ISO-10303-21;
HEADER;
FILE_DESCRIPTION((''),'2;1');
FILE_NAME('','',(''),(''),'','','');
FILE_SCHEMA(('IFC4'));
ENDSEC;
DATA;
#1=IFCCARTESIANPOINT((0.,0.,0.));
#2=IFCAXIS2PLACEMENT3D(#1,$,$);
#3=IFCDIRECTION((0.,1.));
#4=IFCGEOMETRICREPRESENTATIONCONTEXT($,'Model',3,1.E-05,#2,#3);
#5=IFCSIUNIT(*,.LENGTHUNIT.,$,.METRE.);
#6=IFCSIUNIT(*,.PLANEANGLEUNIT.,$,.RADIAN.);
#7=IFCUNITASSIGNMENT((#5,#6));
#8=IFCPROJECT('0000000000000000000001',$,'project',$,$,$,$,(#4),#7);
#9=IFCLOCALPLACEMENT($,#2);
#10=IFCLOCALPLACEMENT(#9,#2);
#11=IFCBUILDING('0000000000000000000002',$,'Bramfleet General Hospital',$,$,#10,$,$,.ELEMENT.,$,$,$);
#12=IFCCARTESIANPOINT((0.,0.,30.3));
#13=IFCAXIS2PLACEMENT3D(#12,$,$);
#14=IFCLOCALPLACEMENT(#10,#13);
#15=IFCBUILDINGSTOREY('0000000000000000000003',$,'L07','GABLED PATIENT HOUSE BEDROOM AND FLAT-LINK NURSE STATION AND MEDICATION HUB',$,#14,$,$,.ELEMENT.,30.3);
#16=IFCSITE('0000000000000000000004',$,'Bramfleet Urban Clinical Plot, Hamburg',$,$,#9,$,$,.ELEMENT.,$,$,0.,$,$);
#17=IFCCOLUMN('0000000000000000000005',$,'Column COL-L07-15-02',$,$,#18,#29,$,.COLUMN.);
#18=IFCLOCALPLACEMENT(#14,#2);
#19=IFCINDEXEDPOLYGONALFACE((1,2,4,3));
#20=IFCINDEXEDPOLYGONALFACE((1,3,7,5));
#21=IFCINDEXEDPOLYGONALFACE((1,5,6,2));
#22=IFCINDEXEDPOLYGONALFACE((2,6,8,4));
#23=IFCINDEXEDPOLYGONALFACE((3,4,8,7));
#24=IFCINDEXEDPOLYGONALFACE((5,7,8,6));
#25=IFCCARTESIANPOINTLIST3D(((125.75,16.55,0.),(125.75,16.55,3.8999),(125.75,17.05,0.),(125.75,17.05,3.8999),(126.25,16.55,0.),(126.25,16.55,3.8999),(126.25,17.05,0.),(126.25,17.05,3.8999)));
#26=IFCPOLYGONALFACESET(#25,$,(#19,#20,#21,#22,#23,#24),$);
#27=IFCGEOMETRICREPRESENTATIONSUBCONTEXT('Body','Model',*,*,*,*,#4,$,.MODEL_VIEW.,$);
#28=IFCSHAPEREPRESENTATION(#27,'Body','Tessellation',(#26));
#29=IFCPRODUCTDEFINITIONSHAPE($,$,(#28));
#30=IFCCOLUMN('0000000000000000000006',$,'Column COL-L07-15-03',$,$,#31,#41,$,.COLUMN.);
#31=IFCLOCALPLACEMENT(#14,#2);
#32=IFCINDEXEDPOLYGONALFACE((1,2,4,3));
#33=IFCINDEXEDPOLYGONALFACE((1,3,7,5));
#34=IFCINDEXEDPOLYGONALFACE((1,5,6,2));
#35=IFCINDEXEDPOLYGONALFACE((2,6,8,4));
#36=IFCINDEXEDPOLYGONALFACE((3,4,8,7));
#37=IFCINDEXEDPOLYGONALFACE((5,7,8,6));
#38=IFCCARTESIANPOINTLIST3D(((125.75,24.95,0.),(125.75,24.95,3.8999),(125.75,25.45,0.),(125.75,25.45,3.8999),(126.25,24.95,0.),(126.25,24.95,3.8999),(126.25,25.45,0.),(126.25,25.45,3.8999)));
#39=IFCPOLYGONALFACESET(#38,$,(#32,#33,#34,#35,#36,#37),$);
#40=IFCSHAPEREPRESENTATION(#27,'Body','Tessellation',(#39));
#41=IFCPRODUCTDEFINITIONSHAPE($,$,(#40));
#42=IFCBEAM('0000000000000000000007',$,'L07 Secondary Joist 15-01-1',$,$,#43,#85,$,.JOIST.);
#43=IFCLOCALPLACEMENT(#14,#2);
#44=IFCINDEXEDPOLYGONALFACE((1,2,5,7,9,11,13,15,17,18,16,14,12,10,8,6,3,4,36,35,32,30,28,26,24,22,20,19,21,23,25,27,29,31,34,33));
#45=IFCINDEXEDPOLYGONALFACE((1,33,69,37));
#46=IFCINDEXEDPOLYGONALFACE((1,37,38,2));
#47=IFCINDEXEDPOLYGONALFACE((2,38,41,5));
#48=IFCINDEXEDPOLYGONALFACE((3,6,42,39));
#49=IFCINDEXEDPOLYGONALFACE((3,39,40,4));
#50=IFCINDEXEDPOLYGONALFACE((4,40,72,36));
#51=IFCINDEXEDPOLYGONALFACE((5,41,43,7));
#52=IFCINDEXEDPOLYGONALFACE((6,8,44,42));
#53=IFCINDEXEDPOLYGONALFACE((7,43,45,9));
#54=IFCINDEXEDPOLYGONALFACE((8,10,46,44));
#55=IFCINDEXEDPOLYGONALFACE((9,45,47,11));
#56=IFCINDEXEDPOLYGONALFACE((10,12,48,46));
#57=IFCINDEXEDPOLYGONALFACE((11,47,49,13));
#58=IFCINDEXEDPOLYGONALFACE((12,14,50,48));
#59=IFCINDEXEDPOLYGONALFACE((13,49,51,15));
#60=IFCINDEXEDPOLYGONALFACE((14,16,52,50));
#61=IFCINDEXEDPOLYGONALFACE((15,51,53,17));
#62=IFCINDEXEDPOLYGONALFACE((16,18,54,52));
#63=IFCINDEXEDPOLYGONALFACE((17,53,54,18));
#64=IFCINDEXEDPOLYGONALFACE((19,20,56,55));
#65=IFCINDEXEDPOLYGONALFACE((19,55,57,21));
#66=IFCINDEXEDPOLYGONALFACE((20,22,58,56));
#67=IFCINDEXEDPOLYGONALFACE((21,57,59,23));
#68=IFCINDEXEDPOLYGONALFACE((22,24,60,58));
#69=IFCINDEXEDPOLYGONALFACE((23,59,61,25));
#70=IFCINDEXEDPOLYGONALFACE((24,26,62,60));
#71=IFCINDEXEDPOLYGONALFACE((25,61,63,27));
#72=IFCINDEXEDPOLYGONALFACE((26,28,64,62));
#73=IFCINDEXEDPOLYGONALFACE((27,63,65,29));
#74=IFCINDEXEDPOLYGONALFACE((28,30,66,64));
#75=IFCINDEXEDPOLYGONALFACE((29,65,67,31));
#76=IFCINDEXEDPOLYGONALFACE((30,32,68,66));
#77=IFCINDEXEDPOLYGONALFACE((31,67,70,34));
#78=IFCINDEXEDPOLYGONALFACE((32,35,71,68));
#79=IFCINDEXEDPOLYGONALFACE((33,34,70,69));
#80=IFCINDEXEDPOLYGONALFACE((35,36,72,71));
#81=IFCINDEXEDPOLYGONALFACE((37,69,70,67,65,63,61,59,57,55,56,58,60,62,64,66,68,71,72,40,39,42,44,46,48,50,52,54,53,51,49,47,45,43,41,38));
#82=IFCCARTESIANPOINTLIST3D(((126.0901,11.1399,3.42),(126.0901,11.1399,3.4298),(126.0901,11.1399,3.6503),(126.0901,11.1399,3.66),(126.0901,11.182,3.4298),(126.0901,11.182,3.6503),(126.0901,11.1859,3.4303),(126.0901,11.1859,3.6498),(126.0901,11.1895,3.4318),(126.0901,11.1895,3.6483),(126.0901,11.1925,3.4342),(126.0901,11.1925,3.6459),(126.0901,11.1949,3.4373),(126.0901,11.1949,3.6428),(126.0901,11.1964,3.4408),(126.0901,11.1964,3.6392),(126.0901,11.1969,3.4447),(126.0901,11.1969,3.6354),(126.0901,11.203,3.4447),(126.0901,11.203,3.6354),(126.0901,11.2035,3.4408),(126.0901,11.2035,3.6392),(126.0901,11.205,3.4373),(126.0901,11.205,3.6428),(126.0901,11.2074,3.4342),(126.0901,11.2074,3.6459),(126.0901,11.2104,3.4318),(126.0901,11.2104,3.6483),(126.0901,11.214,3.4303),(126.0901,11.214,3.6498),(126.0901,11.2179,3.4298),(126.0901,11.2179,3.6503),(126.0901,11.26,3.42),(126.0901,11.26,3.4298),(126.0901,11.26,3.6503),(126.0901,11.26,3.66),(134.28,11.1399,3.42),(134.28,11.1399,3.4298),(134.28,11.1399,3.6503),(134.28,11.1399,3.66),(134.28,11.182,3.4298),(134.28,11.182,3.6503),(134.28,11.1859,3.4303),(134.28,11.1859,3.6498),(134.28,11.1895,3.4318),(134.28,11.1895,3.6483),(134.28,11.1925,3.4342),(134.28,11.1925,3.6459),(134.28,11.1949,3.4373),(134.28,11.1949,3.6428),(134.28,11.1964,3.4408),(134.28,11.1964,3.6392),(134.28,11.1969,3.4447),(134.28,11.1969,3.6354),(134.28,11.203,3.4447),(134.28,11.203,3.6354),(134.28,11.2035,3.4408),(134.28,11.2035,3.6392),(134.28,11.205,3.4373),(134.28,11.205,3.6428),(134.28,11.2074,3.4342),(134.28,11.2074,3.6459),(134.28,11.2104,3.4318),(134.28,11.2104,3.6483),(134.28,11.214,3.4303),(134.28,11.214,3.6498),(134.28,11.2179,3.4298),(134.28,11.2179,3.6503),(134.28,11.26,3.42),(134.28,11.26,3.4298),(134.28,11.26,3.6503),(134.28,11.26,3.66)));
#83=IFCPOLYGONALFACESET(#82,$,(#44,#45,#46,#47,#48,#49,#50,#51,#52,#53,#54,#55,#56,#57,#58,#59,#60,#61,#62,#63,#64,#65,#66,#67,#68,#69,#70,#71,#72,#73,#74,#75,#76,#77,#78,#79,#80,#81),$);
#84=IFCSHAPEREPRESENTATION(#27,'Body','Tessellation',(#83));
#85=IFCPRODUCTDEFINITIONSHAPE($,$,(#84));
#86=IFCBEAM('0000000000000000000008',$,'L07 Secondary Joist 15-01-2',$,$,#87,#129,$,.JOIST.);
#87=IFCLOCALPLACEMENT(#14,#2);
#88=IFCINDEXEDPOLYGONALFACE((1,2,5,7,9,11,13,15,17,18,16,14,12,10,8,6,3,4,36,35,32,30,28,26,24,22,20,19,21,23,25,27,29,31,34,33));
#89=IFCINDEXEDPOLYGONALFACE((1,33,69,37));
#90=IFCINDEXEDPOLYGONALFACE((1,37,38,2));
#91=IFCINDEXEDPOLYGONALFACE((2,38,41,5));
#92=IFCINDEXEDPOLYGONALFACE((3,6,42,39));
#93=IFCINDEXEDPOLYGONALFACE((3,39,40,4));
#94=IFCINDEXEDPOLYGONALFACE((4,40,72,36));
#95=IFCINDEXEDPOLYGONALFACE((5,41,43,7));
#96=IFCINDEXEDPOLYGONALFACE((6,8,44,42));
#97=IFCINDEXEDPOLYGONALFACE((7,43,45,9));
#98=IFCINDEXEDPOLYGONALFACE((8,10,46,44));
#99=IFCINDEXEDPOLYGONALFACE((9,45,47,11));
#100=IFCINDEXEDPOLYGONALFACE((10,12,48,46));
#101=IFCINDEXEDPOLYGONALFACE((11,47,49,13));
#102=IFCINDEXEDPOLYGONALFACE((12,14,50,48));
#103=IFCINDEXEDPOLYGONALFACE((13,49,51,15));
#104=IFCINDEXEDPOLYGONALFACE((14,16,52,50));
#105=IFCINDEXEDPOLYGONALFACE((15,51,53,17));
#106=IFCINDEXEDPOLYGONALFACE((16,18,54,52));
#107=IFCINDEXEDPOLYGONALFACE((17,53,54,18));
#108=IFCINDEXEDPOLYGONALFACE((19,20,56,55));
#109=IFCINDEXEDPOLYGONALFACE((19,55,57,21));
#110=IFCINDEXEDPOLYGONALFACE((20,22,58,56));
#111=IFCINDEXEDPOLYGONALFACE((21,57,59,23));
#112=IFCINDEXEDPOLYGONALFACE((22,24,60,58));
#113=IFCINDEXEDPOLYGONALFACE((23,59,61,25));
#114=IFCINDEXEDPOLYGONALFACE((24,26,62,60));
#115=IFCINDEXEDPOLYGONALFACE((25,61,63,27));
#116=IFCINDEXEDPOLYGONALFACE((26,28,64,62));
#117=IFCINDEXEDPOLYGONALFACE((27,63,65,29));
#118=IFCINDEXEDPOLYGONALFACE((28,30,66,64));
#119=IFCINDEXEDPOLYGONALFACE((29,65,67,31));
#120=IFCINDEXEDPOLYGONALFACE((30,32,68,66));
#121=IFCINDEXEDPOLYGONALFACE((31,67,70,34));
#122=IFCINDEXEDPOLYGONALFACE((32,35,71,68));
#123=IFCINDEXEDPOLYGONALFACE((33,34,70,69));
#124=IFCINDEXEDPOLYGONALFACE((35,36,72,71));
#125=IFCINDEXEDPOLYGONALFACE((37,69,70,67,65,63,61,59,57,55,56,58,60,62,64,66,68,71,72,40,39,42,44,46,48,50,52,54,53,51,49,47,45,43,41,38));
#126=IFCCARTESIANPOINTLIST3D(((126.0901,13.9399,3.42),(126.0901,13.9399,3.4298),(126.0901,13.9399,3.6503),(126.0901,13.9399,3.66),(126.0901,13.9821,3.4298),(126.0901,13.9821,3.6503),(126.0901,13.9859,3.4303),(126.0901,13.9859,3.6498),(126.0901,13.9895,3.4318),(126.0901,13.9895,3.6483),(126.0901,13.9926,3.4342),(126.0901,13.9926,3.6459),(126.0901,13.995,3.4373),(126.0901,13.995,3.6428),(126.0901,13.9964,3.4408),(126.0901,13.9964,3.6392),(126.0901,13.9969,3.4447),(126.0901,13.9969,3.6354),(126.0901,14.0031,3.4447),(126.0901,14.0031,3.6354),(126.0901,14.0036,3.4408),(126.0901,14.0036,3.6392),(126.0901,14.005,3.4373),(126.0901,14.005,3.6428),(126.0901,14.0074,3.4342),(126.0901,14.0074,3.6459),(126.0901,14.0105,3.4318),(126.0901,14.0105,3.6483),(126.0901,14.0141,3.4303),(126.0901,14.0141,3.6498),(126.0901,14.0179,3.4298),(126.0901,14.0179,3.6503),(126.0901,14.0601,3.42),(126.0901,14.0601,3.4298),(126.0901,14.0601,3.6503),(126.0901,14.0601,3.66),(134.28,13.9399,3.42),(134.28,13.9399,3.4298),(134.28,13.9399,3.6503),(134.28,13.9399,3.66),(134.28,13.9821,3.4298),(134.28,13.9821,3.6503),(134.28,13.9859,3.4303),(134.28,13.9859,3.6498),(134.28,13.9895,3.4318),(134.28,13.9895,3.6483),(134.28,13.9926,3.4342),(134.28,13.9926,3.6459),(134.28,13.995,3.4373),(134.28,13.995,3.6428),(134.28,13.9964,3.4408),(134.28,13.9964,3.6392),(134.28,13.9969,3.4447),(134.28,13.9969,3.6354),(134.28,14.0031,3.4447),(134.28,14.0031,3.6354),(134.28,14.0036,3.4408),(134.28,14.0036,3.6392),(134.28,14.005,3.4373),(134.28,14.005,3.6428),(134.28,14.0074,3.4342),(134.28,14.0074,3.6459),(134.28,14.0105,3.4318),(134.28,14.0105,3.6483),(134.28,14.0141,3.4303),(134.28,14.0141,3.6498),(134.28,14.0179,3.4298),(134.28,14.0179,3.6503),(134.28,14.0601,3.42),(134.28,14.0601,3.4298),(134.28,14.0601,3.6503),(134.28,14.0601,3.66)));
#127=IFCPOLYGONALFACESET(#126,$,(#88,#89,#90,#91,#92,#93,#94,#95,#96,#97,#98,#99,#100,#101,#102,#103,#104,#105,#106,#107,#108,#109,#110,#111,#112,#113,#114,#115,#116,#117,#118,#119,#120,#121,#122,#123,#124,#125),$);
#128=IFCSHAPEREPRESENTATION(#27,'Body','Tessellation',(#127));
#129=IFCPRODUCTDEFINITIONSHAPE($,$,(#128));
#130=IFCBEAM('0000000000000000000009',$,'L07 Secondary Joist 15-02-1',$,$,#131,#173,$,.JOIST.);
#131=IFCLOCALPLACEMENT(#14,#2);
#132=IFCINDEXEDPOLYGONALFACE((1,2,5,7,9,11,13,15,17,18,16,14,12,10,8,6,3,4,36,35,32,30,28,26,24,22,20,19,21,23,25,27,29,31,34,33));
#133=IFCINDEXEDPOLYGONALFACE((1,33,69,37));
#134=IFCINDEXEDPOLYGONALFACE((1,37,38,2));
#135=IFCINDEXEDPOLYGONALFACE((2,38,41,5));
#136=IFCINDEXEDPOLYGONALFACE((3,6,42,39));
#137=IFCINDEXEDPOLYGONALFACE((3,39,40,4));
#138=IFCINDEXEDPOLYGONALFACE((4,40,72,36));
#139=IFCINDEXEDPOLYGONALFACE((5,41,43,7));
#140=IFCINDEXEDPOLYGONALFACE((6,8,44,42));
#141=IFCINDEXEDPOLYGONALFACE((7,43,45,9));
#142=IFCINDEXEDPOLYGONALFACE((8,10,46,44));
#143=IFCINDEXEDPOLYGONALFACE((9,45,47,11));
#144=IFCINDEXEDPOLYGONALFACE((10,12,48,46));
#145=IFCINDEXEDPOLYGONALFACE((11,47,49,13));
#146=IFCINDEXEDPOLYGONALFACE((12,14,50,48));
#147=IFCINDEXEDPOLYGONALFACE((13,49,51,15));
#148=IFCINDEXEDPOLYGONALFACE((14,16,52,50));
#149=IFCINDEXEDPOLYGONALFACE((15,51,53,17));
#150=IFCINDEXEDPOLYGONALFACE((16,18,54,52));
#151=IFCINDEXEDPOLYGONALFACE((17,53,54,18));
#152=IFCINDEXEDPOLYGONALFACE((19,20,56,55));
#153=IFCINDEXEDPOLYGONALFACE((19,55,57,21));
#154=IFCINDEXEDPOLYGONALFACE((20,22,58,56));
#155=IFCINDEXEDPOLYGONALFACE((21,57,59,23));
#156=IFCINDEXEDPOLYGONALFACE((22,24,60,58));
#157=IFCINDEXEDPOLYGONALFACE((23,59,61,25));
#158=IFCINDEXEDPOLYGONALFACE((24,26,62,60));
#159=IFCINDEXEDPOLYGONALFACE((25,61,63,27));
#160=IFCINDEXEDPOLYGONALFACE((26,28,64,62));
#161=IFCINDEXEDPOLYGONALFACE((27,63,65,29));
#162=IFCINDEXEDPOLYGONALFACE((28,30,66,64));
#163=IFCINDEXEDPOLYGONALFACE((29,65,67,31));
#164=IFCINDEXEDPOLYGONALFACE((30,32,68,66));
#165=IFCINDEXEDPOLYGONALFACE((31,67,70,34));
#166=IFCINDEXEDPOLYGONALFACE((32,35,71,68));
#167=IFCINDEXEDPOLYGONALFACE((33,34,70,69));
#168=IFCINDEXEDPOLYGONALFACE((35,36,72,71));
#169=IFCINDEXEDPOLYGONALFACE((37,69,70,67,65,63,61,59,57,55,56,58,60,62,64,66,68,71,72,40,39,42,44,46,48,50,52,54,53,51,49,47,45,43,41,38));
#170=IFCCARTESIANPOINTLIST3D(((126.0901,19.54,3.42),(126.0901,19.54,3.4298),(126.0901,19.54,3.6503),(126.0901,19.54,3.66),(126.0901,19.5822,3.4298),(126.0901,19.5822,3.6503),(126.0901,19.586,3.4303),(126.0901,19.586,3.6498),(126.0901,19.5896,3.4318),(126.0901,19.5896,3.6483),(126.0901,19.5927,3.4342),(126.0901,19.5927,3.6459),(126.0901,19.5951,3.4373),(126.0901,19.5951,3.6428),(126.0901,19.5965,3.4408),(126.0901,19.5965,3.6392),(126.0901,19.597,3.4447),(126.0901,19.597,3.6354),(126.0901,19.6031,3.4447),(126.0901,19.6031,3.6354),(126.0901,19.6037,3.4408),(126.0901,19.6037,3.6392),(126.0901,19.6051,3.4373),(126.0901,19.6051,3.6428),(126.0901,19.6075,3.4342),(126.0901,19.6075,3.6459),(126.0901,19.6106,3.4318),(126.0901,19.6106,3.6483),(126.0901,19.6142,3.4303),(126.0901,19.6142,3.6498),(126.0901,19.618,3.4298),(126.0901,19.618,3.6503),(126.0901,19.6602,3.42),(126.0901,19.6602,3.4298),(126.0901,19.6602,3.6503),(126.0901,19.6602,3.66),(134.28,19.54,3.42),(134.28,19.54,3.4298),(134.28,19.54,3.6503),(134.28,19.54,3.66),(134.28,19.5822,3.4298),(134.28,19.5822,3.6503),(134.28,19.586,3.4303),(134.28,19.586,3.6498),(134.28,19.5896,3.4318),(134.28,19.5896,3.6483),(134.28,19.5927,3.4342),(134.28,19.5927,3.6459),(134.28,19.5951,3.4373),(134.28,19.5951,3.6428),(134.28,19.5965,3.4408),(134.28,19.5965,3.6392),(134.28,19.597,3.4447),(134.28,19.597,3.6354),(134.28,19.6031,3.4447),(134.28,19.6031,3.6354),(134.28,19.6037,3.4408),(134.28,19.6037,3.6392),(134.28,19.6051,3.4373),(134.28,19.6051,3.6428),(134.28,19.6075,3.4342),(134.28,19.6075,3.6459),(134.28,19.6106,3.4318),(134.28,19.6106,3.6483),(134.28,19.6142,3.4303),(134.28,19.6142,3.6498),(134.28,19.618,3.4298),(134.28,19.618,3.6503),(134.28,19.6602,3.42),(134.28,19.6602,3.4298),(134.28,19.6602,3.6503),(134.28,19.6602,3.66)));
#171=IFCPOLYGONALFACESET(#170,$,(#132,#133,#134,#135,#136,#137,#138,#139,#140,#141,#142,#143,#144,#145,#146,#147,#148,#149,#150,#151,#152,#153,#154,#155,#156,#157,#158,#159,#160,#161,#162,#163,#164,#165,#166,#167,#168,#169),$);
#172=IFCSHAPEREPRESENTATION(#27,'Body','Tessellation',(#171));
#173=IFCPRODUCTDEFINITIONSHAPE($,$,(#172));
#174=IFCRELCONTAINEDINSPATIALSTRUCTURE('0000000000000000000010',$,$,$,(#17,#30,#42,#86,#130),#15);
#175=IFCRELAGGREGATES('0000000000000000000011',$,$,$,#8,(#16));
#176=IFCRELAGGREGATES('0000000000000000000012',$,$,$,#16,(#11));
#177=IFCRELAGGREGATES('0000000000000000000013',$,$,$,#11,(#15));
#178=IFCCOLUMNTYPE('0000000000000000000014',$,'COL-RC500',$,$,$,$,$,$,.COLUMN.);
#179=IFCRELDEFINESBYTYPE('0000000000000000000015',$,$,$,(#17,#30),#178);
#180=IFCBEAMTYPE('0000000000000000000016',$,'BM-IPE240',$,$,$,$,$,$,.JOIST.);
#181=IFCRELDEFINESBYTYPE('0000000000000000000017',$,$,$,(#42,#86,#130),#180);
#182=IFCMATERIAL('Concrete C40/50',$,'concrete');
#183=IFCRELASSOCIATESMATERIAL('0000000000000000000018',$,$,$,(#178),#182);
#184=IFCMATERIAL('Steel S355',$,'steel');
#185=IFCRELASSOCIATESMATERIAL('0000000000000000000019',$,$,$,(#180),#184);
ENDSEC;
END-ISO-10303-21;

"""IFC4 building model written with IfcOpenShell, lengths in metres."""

from ifc_helpers import new_model, si_unit, direction, frame, origin, origin_2d, place, context, subcontext, project, spatial, rectangle, i_section, extrude, material, material_profile, profile_set, type_object, element, save


model = new_model("IFC4")

# Units and contexts
model_context = context("Model", 3, precision=1e-05, world=origin(), true_north=direction((0.0, 1.0)))
body_context = subcontext(model_context, "Body", "Model", "MODEL_VIEW")
ifc_project = project(units=[si_unit("LENGTHUNIT", "METRE"), si_unit("PLANEANGLEUNIT", "RADIAN")], contexts=[model_context])

# Site, building, storey
site_placement = place(None, origin())
site = spatial("IfcSite", under=ifc_project, at=site_placement, Name="Bramfleet Urban Clinical Plot, Hamburg", CompositionType="ELEMENT", RefElevation=0.0)
building_placement = place(site_placement, origin())
building = spatial("IfcBuilding", under=site, at=building_placement, Name="Bramfleet General Hospital", CompositionType="ELEMENT")
storey_placement = place(building_placement, frame((0.0, 0.0, 30.3)))
storey = spatial("IfcBuildingStorey", under=building, at=storey_placement, Name="L07", Description="GABLED PATIENT HOUSE BEDROOM AND FLAT-LINK NURSE STATION AND MEDICATION HUB", CompositionType="ELEMENT", Elevation=30.3)

# Columns
ifc_material_1 = material(Name="Concrete C40/50", Category="concrete")
ifc_material_profile_1 = material_profile(ifc_material_1, rectangle(XDim=0.5, YDim=0.5, at=origin_2d()), Name="RC COL 500x500")
ifc_profile_set_1 = profile_set([ifc_material_profile_1], Name="Concrete C40/50")
column_type = type_object("IfcColumnType", Name="COL-RC500", PredefinedType="COLUMN", material=ifc_profile_set_1)
for number, where, z_axis, x_axis, name in (
    (1, (126.0, 16.8, 0.0), (0.0, 0.0, 1.0), (1.0, 0.0, 0.0), "Column COL-L07-15-02"),
    (2, (126.0, 25.2, 0.0), (0.0, 0.0, 1.0), (1.0, 0.0, 0.0), "Column COL-L07-15-03"),
):
    element("IfcColumn", number, at=place(storey_placement, frame(where, z_axis=z_axis, x_axis=x_axis)), inside=storey, type_object=column_type, Name=name, PredefinedType="COLUMN", context=body_context, shape_type="SweptSolid", body=[
        extrude(rectangle(XDim=0.5, YDim=0.5, at=origin_2d()), origin(), (0.0, 0.0, 1.0), 3.8999),
    ])

# Beams
ifc_material_2 = material(Name="Steel S355", Category="steel")
ifc_material_profile_2 = material_profile(ifc_material_2, i_section(OverallWidth=0.1201, OverallDepth=0.24, WebThickness=0.0061, FlangeThickness=0.0098, FilletRadius=0.0149, at=origin_2d()), Name="IPE 240")
ifc_profile_set_2 = profile_set([ifc_material_profile_2], Name="Steel S355")
beam_type_1 = type_object("IfcBeamType", Name="BM-IPE240", PredefinedType="JOIST", material=ifc_profile_set_2)
for number, where, z_axis, x_axis, name in (
    (3, (126.0901, 11.2, 3.54), (1.0, 0.0, 0.0), (0.0, 1.0, 0.0), "L07 Secondary Joist 15-01-1"),
    (4, (126.0901, 14.0, 3.54), (1.0, 0.0, 0.0), (0.0, 1.0, 0.0), "L07 Secondary Joist 15-01-2"),
    (5, (126.0901, 19.6001, 3.54), (1.0, 0.0, 0.0), (0.0, 1.0, 0.0), "L07 Secondary Joist 15-02-1"),
):
    element("IfcBeam", number, at=place(storey_placement, frame(where, z_axis=z_axis, x_axis=x_axis)), inside=storey, type_object=beam_type_1, Name=name, PredefinedType="JOIST", context=body_context, shape_type="SweptSolid", body=[
        extrude(i_section(OverallWidth=0.1201, OverallDepth=0.24, WebThickness=0.0061, FlangeThickness=0.0098, FilletRadius=0.0149, at=origin_2d()), origin(), (0.0, 0.0, 1.0), 8.1899),
    ])

save(model, "model.ifc")
